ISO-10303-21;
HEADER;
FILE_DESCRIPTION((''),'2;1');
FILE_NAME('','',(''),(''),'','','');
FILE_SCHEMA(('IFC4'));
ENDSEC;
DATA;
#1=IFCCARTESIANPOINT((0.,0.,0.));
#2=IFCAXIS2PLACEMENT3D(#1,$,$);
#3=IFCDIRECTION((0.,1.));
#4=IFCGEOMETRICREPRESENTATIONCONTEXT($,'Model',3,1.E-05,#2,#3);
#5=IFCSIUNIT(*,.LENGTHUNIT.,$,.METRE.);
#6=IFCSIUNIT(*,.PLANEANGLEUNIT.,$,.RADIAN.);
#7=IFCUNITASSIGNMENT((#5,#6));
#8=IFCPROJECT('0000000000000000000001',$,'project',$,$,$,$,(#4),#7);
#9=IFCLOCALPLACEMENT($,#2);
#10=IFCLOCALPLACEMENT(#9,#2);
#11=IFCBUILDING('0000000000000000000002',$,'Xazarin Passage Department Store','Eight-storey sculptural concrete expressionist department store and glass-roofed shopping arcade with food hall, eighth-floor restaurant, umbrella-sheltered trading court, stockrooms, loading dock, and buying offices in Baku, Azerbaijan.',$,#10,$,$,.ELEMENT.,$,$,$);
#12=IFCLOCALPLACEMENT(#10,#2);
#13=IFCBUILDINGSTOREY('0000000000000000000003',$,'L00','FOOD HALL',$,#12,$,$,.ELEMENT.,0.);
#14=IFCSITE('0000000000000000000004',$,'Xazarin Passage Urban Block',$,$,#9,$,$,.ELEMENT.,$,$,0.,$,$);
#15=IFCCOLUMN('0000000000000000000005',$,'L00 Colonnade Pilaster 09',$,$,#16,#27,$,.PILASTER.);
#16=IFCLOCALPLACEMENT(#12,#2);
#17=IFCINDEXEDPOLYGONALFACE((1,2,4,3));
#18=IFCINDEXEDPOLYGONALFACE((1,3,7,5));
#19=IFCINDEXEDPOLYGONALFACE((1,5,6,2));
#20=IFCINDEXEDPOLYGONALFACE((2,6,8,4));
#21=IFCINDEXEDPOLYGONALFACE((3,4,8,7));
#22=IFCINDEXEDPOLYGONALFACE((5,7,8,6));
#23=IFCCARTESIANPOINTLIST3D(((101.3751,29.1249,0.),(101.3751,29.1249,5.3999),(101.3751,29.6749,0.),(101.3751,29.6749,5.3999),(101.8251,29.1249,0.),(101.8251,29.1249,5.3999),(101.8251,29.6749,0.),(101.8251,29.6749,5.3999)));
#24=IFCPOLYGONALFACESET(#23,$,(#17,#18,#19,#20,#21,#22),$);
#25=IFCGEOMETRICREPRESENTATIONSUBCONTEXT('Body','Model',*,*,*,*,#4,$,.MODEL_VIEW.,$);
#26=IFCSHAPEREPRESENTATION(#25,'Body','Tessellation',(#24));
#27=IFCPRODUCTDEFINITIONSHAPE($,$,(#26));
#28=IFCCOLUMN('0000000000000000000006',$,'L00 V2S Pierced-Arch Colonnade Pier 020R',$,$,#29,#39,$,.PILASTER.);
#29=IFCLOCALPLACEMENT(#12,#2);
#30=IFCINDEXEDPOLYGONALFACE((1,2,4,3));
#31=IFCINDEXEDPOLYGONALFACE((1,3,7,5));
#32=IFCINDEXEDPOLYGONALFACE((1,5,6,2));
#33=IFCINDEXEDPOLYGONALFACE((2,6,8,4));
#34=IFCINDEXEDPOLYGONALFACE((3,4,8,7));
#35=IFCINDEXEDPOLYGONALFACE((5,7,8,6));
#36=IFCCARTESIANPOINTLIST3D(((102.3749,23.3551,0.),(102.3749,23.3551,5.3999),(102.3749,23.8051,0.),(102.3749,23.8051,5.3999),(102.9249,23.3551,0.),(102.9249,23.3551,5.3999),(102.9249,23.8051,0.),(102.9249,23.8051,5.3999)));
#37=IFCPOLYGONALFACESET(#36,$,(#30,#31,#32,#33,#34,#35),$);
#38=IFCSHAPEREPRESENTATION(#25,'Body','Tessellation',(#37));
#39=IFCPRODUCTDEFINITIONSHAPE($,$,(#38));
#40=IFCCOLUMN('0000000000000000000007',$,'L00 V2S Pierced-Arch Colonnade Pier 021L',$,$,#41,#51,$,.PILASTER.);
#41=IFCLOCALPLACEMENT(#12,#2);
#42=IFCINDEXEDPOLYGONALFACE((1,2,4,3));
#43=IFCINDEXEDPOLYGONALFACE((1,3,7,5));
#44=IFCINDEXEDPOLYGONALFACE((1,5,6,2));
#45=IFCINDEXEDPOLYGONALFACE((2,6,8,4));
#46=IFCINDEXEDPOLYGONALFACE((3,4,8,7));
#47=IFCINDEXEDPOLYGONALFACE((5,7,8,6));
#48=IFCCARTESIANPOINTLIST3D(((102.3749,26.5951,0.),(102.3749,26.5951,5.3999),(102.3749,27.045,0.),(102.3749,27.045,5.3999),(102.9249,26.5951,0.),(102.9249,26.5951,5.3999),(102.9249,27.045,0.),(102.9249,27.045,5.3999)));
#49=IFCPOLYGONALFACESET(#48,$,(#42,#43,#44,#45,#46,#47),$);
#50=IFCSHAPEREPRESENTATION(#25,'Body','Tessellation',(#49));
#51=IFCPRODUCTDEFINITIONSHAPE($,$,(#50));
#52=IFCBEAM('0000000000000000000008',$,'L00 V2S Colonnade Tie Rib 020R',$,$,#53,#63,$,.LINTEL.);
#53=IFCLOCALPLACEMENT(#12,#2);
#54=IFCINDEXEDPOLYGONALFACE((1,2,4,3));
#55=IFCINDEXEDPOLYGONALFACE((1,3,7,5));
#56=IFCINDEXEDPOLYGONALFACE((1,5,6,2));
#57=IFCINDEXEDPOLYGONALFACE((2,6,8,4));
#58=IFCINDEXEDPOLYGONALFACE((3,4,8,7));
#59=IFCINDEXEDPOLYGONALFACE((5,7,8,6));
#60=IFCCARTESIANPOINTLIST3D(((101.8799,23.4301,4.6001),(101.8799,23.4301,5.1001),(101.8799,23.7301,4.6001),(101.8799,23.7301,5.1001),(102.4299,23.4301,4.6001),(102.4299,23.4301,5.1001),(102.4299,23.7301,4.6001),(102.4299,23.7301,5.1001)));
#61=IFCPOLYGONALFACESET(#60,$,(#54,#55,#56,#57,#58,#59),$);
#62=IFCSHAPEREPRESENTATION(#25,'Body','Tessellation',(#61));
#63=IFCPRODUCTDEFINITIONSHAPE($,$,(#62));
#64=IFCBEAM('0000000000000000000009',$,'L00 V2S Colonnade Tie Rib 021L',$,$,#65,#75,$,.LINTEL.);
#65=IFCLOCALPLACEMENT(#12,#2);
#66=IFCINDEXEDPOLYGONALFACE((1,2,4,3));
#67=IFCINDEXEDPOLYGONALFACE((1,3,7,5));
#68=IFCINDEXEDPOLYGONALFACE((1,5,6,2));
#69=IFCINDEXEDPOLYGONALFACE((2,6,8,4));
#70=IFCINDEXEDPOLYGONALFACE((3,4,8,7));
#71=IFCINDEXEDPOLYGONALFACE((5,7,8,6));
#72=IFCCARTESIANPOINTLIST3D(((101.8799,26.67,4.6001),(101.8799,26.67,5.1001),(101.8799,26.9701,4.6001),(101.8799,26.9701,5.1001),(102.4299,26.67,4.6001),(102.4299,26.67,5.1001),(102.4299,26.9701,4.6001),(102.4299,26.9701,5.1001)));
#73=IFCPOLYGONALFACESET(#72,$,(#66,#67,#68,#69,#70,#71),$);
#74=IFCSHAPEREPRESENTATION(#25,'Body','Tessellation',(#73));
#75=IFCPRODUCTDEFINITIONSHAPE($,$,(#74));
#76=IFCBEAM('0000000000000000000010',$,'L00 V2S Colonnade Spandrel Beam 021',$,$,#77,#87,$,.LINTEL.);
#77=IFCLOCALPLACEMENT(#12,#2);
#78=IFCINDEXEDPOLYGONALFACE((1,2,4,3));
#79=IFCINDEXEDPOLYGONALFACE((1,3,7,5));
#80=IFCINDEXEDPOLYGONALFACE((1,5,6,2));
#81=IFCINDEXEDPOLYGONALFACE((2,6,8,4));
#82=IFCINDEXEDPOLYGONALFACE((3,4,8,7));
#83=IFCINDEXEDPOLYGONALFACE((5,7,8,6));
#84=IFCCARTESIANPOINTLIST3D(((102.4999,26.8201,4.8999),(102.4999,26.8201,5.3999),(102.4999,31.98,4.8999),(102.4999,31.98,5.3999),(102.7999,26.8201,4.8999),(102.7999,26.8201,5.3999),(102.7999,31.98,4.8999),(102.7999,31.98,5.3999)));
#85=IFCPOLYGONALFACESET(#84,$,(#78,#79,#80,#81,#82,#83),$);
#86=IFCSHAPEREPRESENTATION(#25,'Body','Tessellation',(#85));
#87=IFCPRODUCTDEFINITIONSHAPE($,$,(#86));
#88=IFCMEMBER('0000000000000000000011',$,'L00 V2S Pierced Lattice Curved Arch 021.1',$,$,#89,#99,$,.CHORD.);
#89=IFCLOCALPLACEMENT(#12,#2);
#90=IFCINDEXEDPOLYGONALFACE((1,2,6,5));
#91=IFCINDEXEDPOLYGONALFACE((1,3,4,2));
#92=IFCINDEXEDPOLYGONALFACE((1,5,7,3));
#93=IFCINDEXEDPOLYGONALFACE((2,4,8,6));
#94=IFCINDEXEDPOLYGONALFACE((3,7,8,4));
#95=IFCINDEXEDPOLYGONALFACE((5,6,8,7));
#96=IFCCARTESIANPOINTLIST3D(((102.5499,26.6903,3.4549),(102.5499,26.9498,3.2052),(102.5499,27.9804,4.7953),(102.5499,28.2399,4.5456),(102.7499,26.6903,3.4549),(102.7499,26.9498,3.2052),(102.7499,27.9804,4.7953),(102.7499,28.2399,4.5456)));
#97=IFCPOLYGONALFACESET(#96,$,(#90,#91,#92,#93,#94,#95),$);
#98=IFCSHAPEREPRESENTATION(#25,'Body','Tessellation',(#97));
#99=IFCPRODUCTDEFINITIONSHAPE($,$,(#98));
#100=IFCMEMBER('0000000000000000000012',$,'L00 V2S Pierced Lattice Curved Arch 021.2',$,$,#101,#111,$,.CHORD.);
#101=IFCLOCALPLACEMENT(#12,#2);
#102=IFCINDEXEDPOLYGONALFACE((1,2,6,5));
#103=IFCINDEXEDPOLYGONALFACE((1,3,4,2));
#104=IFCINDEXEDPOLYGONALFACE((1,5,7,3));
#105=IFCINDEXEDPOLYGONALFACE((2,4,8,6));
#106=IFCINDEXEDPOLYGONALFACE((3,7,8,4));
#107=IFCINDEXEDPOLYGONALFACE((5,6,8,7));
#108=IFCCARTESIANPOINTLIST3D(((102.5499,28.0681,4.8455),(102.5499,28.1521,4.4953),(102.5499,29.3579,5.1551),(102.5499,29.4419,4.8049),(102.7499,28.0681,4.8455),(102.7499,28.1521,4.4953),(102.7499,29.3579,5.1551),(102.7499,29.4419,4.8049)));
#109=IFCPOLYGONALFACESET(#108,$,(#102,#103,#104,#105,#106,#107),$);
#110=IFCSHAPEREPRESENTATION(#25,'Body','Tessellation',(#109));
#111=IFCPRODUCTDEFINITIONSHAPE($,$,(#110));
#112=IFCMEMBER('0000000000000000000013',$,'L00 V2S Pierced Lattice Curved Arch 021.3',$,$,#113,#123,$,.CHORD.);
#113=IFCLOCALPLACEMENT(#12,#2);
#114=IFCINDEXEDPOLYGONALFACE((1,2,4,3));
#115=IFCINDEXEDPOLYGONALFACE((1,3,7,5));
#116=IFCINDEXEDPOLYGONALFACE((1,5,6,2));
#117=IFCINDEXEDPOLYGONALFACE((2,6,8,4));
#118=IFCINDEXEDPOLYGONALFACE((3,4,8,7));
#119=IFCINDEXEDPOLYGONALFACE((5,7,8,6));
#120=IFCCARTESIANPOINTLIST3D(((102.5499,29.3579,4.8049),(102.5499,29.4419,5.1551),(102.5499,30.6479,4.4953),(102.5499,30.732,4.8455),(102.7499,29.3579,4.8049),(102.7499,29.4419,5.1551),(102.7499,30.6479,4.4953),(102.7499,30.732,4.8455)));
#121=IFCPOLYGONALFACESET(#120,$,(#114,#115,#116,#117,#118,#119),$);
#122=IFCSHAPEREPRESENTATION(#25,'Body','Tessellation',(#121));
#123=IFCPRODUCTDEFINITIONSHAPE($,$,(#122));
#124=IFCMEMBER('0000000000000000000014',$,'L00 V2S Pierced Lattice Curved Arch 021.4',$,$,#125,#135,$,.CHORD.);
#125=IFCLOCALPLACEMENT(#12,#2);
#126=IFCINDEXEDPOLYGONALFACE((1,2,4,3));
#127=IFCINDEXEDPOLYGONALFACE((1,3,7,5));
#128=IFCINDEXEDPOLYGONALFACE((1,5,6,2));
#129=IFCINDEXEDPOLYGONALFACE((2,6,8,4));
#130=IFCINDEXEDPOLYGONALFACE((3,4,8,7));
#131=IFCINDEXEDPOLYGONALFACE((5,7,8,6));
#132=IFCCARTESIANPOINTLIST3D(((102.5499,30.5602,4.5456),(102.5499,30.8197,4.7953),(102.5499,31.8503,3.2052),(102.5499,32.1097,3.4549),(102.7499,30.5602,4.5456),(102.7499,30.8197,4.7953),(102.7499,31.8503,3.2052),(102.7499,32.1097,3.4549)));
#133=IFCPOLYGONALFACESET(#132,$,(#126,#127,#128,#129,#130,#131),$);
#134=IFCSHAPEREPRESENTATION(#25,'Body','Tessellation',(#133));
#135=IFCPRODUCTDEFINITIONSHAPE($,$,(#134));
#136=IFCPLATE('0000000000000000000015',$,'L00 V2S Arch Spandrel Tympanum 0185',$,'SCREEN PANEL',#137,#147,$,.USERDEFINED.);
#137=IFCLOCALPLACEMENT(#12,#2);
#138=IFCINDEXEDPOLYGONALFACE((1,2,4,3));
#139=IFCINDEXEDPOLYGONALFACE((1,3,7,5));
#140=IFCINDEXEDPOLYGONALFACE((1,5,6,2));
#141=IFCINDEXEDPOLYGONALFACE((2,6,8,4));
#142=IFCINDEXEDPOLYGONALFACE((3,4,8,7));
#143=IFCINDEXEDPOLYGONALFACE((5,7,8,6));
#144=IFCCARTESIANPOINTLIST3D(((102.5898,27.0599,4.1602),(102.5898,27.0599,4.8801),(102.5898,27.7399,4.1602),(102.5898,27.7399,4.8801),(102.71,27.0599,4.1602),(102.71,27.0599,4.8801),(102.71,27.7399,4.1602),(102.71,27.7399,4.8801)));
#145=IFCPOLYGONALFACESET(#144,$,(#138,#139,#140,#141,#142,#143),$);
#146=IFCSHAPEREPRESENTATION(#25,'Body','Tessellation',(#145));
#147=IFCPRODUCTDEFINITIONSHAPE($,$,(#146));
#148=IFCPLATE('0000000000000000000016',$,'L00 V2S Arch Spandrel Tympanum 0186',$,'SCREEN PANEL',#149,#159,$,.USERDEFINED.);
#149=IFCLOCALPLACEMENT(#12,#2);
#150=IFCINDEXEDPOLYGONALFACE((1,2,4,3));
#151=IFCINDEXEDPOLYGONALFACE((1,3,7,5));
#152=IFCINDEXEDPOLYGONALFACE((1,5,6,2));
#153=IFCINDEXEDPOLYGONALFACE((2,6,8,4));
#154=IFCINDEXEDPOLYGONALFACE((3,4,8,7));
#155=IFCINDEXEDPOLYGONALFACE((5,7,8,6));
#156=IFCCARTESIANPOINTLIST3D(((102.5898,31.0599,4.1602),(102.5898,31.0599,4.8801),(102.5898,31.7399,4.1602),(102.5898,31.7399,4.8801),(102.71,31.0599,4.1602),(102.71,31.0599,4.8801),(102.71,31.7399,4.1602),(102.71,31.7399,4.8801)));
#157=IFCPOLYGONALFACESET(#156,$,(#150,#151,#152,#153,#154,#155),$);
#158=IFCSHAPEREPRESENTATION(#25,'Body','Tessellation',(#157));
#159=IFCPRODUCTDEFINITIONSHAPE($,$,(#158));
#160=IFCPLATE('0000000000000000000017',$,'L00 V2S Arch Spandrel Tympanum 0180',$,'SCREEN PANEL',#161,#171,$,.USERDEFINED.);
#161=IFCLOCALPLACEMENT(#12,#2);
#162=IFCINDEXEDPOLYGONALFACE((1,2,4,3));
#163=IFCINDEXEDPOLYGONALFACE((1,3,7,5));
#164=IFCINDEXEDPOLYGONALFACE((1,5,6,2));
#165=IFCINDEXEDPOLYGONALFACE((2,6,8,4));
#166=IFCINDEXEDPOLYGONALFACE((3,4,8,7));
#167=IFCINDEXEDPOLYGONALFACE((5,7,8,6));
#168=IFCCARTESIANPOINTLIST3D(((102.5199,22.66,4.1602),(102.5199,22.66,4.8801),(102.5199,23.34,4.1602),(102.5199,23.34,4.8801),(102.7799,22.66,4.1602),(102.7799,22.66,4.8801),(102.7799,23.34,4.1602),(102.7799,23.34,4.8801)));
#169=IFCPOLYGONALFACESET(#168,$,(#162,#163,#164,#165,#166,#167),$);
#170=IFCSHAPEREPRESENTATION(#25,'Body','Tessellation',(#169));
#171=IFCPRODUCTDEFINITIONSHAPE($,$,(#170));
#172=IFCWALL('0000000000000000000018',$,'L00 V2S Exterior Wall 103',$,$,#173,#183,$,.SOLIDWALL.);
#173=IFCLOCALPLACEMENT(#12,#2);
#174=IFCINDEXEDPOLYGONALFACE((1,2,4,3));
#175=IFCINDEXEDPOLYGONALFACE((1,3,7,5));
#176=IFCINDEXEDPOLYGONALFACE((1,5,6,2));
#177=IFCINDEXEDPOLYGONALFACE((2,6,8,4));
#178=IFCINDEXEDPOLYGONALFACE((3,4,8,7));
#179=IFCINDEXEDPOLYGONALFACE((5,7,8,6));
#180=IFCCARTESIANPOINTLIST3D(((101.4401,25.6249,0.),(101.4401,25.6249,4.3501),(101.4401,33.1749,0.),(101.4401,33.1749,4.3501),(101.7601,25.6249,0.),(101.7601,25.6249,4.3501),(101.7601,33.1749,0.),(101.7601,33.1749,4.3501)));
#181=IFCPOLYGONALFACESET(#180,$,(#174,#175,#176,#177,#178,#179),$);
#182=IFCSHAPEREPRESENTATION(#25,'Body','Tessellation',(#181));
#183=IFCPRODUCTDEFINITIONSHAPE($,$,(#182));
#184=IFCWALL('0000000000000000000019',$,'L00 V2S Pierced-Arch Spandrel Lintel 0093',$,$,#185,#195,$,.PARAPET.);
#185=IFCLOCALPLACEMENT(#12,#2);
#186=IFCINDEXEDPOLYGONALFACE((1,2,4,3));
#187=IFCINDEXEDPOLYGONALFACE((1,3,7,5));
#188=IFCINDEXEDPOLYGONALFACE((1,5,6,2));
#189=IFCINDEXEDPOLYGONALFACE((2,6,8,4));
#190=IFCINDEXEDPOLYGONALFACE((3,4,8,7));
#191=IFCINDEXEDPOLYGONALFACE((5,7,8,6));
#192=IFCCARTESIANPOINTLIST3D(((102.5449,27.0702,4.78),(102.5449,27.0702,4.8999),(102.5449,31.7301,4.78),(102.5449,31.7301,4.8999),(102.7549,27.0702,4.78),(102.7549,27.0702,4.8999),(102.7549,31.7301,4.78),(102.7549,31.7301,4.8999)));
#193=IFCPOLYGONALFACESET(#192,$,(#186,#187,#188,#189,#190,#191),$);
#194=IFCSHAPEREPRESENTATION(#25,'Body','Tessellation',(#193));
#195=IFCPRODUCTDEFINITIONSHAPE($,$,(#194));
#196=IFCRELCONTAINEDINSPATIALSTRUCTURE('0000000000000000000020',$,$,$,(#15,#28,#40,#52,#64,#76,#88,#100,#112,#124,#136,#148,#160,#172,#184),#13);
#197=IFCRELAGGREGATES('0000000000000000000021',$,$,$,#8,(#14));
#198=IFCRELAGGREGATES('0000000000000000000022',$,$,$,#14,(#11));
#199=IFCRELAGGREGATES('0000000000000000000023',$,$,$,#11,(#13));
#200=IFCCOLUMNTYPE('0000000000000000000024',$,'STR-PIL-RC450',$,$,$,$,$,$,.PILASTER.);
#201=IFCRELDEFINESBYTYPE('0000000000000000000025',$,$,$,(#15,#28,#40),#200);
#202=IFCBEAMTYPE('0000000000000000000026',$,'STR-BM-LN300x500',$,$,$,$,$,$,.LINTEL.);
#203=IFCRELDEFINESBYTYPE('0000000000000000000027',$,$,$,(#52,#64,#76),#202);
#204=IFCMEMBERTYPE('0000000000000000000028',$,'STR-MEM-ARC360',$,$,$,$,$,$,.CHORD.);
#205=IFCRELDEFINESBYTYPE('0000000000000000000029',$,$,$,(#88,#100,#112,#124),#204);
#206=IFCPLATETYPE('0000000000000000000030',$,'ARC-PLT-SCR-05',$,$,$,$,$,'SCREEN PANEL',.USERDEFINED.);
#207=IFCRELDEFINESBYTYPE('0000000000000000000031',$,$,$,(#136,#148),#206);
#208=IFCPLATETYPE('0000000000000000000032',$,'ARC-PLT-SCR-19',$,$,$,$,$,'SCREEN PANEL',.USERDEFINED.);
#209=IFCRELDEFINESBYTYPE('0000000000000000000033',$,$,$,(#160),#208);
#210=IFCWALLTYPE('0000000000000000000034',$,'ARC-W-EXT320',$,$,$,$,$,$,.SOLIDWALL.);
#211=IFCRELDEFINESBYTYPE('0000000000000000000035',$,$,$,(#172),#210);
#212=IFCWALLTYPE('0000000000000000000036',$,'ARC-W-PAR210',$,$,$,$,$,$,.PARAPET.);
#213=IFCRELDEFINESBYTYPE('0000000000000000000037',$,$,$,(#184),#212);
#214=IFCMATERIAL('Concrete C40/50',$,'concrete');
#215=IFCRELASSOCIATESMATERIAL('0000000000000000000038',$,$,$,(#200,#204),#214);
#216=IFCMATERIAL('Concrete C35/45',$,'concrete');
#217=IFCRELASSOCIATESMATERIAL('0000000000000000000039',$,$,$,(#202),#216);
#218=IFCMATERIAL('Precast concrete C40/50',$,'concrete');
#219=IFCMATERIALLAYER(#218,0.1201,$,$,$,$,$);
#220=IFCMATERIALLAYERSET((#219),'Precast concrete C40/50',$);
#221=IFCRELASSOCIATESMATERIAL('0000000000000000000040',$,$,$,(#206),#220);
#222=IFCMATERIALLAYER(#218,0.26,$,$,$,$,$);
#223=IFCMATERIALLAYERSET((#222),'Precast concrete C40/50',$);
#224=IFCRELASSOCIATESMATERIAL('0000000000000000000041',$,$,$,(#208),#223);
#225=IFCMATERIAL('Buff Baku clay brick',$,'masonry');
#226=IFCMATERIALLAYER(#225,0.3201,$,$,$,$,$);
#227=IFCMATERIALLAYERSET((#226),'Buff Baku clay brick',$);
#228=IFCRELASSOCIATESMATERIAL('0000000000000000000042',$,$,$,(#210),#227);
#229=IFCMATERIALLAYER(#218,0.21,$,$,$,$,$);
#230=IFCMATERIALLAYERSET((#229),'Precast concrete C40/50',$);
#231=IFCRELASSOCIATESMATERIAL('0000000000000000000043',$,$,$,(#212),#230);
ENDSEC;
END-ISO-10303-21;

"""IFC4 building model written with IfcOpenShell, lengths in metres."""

from ifc_helpers import new_model, si_unit, direction, frame, frame_2d, origin, origin_2d, place, context, subcontext, project, spatial, rectangle, extrude, material, layer, layer_set, material_profile, profile_set, type_object, element, save


model = new_model("IFC4")

# Units and contexts
model_context = context("Model", 3, precision=1e-05, world=origin(), true_north=direction((0.0, 1.0)))
body_context = subcontext(model_context, "Body", "Model", "MODEL_VIEW")
ifc_project = project(units=[si_unit("LENGTHUNIT", "METRE"), si_unit("PLANEANGLEUNIT", "RADIAN")], contexts=[model_context])

# Site, building, storey
site_placement = place(None, origin())
site = spatial("IfcSite", under=ifc_project, at=site_placement, Name="Xazarin Passage Urban Block", CompositionType="ELEMENT", RefElevation=0.0)
building_placement = place(site_placement, origin())
building = spatial("IfcBuilding", under=site, at=building_placement, Name="Xazarin Passage Department Store", Description="Eight-storey sculptural concrete expressionist department store and glass-roofed shopping arcade with food hall, eighth-floor restaurant, umbrella-sheltered trading court, stockrooms, loading dock, and buying offices in Baku, Azerbaijan.", CompositionType="ELEMENT")
storey_placement = place(building_placement, origin())
storey = spatial("IfcBuildingStorey", under=building, at=storey_placement, Name="L00", Description="FOOD HALL", CompositionType="ELEMENT", Elevation=0.0)

# Shared definitions
ifc_material_1 = material(Name="Concrete C35/45", Category="concrete")

# Columns
ifc_material_2 = material(Name="Concrete C40/50", Category="concrete")
ifc_material_profile_1 = material_profile(ifc_material_2, rectangle(XDim=0.45, YDim=0.55, at=origin_2d()), Name="RC 450x550")
ifc_profile_set_1 = profile_set([ifc_material_profile_1], Name="Concrete C40/50")
column_type_1 = type_object("IfcColumnType", Name="STR-PIL-RC450", PredefinedType="PILASTER", material=ifc_profile_set_1)
for number, where, z_axis, x_axis, name in (
    (1, (101.6001, 29.3999, 0.0), (0.0, 0.0, 1.0), (1.0, 0.0, 0.0), "L00 Colonnade Pilaster 09"),
    (2, (102.6499, 23.5801, 0.0), (0.0, 0.0, 1.0), (0.0, 1.0, 0.0), "L00 V2S Pierced-Arch Colonnade Pier 020R"),
    (3, (102.6499, 26.8201, 0.0), (0.0, 0.0, 1.0), (0.0, 1.0, 0.0), "L00 V2S Pierced-Arch Colonnade Pier 021L"),
):
    element("IfcColumn", number, at=place(storey_placement, frame(where, z_axis=z_axis, x_axis=x_axis)), inside=storey, type_object=column_type_1, Name=name, PredefinedType="PILASTER", context=body_context, shape_type="SweptSolid", body=[
        extrude(rectangle(XDim=0.45, YDim=0.55, at=origin_2d()), origin(), (0.0, 0.0, 1.0), 5.3999),
    ])

# Beams
ifc_material_profile_2 = material_profile(ifc_material_1, rectangle(XDim=0.3, YDim=0.5, at=origin_2d()), Name="RC 300x500")
ifc_profile_set_2 = profile_set([ifc_material_profile_2], Name="Concrete C35/45")
beam_type = type_object("IfcBeamType", Name="STR-BM-LN300x500", PredefinedType="LINTEL", material=ifc_profile_set_2)
for number, where, z_axis, x_axis, name in (
    (4, (101.8799, 23.5801, 4.8501), (1.0, 0.0, 0.0), (0.0, 1.0, 0.0), "L00 V2S Colonnade Tie Rib 020R"),
    (5, (101.8799, 26.8201, 4.8501), (1.0, 0.0, 0.0), (0.0, 1.0, 0.0), "L00 V2S Colonnade Tie Rib 021L"),
):
    element("IfcBeam", number, at=place(storey_placement, frame(where, z_axis=z_axis, x_axis=x_axis)), inside=storey, type_object=beam_type, Name=name, PredefinedType="LINTEL", context=body_context, shape_type="SweptSolid", body=[
        extrude(rectangle(XDim=0.3, YDim=0.5, at=origin_2d()), origin(), (0.0, 0.0, 1.0), 0.55),
    ])
beam_placement = place(storey_placement, frame((102.6499, 26.8201, 5.1499), z_axis=(0.0, 1.0, 0.0), x_axis=(-1.0, 0.0, 0.0)))
element("IfcBeam", 6, at=beam_placement, inside=storey, type_object=beam_type, Name="L00 V2S Colonnade Spandrel Beam 021", PredefinedType="LINTEL", context=body_context, shape_type="SweptSolid", body=[
    extrude(rectangle(XDim=0.3, YDim=0.5, at=origin_2d()), origin(), (0.0, 0.0, 1.0), 5.1599),
])

# Members
ifc_material_profile_3 = material_profile(ifc_material_2, rectangle(XDim=0.2, YDim=0.3601, at=origin_2d()), Name="RC 200x360")
ifc_profile_set_3 = profile_set([ifc_material_profile_3], Name="Concrete C40/50")
member_type = type_object("IfcMemberType", Name="STR-MEM-ARC360", PredefinedType="CHORD", material=ifc_profile_set_3)
member_1_placement = place(storey_placement, frame((102.6499, 26.8201, 3.3301), z_axis=(0.0, 0.69346, 0.720495), x_axis=(-1.0, 0.0, 0.0)))
element("IfcMember", 7, at=member_1_placement, inside=storey, type_object=member_type, Name="L00 V2S Pierced Lattice Curved Arch 021.1", PredefinedType="CHORD", context=body_context, shape_type="SweptSolid", body=[
    extrude(rectangle(XDim=0.2, YDim=0.3601, at=origin_2d()), origin(), (0.0, 0.0, 1.0), 1.8604),
])
member_2_placement = place(storey_placement, frame((102.6499, 28.1101, 4.6704), z_axis=(0.0, 0.972384, 0.233387), x_axis=(-1.0, 0.0, 0.0)))
element("IfcMember", 8, at=member_2_placement, inside=storey, type_object=member_type, Name="L00 V2S Pierced Lattice Curved Arch 021.2", PredefinedType="CHORD", context=body_context, shape_type="SweptSolid", body=[
    extrude(rectangle(XDim=0.2, YDim=0.3601, at=origin_2d()), origin(), (0.0, 0.0, 1.0), 1.3264),
])
member_3_placement = place(storey_placement, frame((102.6499, 29.3999, 4.98), z_axis=(0.0, 0.972394, -0.233345), x_axis=(-1.0, 0.0, 0.0)))
element("IfcMember", 9, at=member_3_placement, inside=storey, type_object=member_type, Name="L00 V2S Pierced Lattice Curved Arch 021.3", PredefinedType="CHORD", context=body_context, shape_type="SweptSolid", body=[
    extrude(rectangle(XDim=0.2, YDim=0.3601, at=origin_2d()), origin(), (0.0, 0.0, 1.0), 1.3267),
])
member_4_placement = place(storey_placement, frame((102.6499, 30.6899, 4.6704), z_axis=(0.0, 0.69346, -0.720495), x_axis=(-1.0, 0.0, 0.0)))
element("IfcMember", 10, at=member_4_placement, inside=storey, type_object=member_type, Name="L00 V2S Pierced Lattice Curved Arch 021.4", PredefinedType="CHORD", context=body_context, shape_type="SweptSolid", body=[
    extrude(rectangle(XDim=0.2, YDim=0.3601, at=origin_2d()), origin(), (0.0, 0.0, 1.0), 1.8604),
])

# Plates
ifc_material_3 = material(Name="Precast concrete C40/50", Category="concrete")
ifc_layer_1 = layer(ifc_material_3, 0.1201)
ifc_layer_set_1 = layer_set([ifc_layer_1], Name="Precast concrete C40/50")
plate_type_1 = type_object("IfcPlateType", Name="ARC-PLT-SCR-05", ElementType="SCREEN PANEL", PredefinedType="USERDEFINED", material=ifc_layer_set_1)
for number, where, z_axis, x_axis, name in (
    (11, (102.6499, 27.3999, 4.1602), (0.0, 0.0, 1.0), (0.0, 1.0, 0.0), "L00 V2S Arch Spandrel Tympanum 0185"),
    (12, (102.6499, 31.3999, 4.1602), (0.0, 0.0, 1.0), (0.0, 1.0, 0.0), "L00 V2S Arch Spandrel Tympanum 0186"),
):
    element("IfcPlate", number, at=place(storey_placement, frame(where, z_axis=z_axis, x_axis=x_axis)), inside=storey, type_object=plate_type_1, Name=name, ObjectType="SCREEN PANEL", PredefinedType="USERDEFINED", context=body_context, shape_type="SweptSolid", body=[
        extrude(rectangle(XDim=0.6799, YDim=0.1201, at=origin_2d()), origin(), (0.0, 0.0, 1.0), 0.72),
    ])
ifc_layer_2 = layer(ifc_material_3, 0.26)
ifc_layer_set_2 = layer_set([ifc_layer_2], Name="Precast concrete C40/50")
plate_type_2 = type_object("IfcPlateType", Name="ARC-PLT-SCR-19", ElementType="SCREEN PANEL", PredefinedType="USERDEFINED", material=ifc_layer_set_2)
plate_placement = place(storey_placement, frame((102.6499, 23.0, 4.1602), z_axis=(0.0, 0.0, 1.0), x_axis=(0.0, 1.0, 0.0)))
element("IfcPlate", 13, at=plate_placement, inside=storey, type_object=plate_type_2, Name="L00 V2S Arch Spandrel Tympanum 0180", ObjectType="SCREEN PANEL", PredefinedType="USERDEFINED", context=body_context, shape_type="SweptSolid", body=[
    extrude(rectangle(XDim=0.6799, YDim=0.26, at=origin_2d()), origin(), (0.0, 0.0, 1.0), 0.72),
])

# Walls
ifc_material_4 = material(Name="Buff Baku clay brick", Category="masonry")
ifc_layer_3 = layer(ifc_material_4, 0.3201)
ifc_layer_set_3 = layer_set([ifc_layer_3], Name="Buff Baku clay brick")
wall_type_1 = type_object("IfcWallType", Name="ARC-W-EXT320", PredefinedType="SOLIDWALL", material=ifc_layer_set_3)
wall_1_placement = place(storey_placement, frame((101.6001, 25.625, 0.0), z_axis=(0.0, 0.0, 1.0), x_axis=(0.0, 1.0, 0.0)))
element("IfcWall", 14, at=wall_1_placement, inside=storey, type_object=wall_type_1, Name="L00 V2S Exterior Wall 103", PredefinedType="SOLIDWALL", context=body_context, shape_type="SweptSolid", body=[
    extrude(rectangle(XDim=7.55, YDim=0.3201, at=frame_2d((3.7749, 0.0))), origin(), (0.0, 0.0, 1.0), 4.3501),
])
ifc_layer_4 = layer(ifc_material_3, 0.21)
ifc_layer_set_4 = layer_set([ifc_layer_4], Name="Precast concrete C40/50")
wall_type_2 = type_object("IfcWallType", Name="ARC-W-PAR210", PredefinedType="PARAPET", material=ifc_layer_set_4)
wall_2_placement = place(storey_placement, frame((102.6499, 27.0701, 4.78), z_axis=(0.0, 0.0, 1.0), x_axis=(0.0, 1.0, 0.0)))
element("IfcWall", 15, at=wall_2_placement, inside=storey, type_object=wall_type_2, Name="L00 V2S Pierced-Arch Spandrel Lintel 0093", PredefinedType="PARAPET", context=body_context, shape_type="SweptSolid", body=[
    extrude(rectangle(XDim=4.6599, YDim=0.21, at=frame_2d((2.3301, 0.0))), origin(), (0.0, 0.0, 1.0), 0.1199),
])

save(model, "model.ifc")
